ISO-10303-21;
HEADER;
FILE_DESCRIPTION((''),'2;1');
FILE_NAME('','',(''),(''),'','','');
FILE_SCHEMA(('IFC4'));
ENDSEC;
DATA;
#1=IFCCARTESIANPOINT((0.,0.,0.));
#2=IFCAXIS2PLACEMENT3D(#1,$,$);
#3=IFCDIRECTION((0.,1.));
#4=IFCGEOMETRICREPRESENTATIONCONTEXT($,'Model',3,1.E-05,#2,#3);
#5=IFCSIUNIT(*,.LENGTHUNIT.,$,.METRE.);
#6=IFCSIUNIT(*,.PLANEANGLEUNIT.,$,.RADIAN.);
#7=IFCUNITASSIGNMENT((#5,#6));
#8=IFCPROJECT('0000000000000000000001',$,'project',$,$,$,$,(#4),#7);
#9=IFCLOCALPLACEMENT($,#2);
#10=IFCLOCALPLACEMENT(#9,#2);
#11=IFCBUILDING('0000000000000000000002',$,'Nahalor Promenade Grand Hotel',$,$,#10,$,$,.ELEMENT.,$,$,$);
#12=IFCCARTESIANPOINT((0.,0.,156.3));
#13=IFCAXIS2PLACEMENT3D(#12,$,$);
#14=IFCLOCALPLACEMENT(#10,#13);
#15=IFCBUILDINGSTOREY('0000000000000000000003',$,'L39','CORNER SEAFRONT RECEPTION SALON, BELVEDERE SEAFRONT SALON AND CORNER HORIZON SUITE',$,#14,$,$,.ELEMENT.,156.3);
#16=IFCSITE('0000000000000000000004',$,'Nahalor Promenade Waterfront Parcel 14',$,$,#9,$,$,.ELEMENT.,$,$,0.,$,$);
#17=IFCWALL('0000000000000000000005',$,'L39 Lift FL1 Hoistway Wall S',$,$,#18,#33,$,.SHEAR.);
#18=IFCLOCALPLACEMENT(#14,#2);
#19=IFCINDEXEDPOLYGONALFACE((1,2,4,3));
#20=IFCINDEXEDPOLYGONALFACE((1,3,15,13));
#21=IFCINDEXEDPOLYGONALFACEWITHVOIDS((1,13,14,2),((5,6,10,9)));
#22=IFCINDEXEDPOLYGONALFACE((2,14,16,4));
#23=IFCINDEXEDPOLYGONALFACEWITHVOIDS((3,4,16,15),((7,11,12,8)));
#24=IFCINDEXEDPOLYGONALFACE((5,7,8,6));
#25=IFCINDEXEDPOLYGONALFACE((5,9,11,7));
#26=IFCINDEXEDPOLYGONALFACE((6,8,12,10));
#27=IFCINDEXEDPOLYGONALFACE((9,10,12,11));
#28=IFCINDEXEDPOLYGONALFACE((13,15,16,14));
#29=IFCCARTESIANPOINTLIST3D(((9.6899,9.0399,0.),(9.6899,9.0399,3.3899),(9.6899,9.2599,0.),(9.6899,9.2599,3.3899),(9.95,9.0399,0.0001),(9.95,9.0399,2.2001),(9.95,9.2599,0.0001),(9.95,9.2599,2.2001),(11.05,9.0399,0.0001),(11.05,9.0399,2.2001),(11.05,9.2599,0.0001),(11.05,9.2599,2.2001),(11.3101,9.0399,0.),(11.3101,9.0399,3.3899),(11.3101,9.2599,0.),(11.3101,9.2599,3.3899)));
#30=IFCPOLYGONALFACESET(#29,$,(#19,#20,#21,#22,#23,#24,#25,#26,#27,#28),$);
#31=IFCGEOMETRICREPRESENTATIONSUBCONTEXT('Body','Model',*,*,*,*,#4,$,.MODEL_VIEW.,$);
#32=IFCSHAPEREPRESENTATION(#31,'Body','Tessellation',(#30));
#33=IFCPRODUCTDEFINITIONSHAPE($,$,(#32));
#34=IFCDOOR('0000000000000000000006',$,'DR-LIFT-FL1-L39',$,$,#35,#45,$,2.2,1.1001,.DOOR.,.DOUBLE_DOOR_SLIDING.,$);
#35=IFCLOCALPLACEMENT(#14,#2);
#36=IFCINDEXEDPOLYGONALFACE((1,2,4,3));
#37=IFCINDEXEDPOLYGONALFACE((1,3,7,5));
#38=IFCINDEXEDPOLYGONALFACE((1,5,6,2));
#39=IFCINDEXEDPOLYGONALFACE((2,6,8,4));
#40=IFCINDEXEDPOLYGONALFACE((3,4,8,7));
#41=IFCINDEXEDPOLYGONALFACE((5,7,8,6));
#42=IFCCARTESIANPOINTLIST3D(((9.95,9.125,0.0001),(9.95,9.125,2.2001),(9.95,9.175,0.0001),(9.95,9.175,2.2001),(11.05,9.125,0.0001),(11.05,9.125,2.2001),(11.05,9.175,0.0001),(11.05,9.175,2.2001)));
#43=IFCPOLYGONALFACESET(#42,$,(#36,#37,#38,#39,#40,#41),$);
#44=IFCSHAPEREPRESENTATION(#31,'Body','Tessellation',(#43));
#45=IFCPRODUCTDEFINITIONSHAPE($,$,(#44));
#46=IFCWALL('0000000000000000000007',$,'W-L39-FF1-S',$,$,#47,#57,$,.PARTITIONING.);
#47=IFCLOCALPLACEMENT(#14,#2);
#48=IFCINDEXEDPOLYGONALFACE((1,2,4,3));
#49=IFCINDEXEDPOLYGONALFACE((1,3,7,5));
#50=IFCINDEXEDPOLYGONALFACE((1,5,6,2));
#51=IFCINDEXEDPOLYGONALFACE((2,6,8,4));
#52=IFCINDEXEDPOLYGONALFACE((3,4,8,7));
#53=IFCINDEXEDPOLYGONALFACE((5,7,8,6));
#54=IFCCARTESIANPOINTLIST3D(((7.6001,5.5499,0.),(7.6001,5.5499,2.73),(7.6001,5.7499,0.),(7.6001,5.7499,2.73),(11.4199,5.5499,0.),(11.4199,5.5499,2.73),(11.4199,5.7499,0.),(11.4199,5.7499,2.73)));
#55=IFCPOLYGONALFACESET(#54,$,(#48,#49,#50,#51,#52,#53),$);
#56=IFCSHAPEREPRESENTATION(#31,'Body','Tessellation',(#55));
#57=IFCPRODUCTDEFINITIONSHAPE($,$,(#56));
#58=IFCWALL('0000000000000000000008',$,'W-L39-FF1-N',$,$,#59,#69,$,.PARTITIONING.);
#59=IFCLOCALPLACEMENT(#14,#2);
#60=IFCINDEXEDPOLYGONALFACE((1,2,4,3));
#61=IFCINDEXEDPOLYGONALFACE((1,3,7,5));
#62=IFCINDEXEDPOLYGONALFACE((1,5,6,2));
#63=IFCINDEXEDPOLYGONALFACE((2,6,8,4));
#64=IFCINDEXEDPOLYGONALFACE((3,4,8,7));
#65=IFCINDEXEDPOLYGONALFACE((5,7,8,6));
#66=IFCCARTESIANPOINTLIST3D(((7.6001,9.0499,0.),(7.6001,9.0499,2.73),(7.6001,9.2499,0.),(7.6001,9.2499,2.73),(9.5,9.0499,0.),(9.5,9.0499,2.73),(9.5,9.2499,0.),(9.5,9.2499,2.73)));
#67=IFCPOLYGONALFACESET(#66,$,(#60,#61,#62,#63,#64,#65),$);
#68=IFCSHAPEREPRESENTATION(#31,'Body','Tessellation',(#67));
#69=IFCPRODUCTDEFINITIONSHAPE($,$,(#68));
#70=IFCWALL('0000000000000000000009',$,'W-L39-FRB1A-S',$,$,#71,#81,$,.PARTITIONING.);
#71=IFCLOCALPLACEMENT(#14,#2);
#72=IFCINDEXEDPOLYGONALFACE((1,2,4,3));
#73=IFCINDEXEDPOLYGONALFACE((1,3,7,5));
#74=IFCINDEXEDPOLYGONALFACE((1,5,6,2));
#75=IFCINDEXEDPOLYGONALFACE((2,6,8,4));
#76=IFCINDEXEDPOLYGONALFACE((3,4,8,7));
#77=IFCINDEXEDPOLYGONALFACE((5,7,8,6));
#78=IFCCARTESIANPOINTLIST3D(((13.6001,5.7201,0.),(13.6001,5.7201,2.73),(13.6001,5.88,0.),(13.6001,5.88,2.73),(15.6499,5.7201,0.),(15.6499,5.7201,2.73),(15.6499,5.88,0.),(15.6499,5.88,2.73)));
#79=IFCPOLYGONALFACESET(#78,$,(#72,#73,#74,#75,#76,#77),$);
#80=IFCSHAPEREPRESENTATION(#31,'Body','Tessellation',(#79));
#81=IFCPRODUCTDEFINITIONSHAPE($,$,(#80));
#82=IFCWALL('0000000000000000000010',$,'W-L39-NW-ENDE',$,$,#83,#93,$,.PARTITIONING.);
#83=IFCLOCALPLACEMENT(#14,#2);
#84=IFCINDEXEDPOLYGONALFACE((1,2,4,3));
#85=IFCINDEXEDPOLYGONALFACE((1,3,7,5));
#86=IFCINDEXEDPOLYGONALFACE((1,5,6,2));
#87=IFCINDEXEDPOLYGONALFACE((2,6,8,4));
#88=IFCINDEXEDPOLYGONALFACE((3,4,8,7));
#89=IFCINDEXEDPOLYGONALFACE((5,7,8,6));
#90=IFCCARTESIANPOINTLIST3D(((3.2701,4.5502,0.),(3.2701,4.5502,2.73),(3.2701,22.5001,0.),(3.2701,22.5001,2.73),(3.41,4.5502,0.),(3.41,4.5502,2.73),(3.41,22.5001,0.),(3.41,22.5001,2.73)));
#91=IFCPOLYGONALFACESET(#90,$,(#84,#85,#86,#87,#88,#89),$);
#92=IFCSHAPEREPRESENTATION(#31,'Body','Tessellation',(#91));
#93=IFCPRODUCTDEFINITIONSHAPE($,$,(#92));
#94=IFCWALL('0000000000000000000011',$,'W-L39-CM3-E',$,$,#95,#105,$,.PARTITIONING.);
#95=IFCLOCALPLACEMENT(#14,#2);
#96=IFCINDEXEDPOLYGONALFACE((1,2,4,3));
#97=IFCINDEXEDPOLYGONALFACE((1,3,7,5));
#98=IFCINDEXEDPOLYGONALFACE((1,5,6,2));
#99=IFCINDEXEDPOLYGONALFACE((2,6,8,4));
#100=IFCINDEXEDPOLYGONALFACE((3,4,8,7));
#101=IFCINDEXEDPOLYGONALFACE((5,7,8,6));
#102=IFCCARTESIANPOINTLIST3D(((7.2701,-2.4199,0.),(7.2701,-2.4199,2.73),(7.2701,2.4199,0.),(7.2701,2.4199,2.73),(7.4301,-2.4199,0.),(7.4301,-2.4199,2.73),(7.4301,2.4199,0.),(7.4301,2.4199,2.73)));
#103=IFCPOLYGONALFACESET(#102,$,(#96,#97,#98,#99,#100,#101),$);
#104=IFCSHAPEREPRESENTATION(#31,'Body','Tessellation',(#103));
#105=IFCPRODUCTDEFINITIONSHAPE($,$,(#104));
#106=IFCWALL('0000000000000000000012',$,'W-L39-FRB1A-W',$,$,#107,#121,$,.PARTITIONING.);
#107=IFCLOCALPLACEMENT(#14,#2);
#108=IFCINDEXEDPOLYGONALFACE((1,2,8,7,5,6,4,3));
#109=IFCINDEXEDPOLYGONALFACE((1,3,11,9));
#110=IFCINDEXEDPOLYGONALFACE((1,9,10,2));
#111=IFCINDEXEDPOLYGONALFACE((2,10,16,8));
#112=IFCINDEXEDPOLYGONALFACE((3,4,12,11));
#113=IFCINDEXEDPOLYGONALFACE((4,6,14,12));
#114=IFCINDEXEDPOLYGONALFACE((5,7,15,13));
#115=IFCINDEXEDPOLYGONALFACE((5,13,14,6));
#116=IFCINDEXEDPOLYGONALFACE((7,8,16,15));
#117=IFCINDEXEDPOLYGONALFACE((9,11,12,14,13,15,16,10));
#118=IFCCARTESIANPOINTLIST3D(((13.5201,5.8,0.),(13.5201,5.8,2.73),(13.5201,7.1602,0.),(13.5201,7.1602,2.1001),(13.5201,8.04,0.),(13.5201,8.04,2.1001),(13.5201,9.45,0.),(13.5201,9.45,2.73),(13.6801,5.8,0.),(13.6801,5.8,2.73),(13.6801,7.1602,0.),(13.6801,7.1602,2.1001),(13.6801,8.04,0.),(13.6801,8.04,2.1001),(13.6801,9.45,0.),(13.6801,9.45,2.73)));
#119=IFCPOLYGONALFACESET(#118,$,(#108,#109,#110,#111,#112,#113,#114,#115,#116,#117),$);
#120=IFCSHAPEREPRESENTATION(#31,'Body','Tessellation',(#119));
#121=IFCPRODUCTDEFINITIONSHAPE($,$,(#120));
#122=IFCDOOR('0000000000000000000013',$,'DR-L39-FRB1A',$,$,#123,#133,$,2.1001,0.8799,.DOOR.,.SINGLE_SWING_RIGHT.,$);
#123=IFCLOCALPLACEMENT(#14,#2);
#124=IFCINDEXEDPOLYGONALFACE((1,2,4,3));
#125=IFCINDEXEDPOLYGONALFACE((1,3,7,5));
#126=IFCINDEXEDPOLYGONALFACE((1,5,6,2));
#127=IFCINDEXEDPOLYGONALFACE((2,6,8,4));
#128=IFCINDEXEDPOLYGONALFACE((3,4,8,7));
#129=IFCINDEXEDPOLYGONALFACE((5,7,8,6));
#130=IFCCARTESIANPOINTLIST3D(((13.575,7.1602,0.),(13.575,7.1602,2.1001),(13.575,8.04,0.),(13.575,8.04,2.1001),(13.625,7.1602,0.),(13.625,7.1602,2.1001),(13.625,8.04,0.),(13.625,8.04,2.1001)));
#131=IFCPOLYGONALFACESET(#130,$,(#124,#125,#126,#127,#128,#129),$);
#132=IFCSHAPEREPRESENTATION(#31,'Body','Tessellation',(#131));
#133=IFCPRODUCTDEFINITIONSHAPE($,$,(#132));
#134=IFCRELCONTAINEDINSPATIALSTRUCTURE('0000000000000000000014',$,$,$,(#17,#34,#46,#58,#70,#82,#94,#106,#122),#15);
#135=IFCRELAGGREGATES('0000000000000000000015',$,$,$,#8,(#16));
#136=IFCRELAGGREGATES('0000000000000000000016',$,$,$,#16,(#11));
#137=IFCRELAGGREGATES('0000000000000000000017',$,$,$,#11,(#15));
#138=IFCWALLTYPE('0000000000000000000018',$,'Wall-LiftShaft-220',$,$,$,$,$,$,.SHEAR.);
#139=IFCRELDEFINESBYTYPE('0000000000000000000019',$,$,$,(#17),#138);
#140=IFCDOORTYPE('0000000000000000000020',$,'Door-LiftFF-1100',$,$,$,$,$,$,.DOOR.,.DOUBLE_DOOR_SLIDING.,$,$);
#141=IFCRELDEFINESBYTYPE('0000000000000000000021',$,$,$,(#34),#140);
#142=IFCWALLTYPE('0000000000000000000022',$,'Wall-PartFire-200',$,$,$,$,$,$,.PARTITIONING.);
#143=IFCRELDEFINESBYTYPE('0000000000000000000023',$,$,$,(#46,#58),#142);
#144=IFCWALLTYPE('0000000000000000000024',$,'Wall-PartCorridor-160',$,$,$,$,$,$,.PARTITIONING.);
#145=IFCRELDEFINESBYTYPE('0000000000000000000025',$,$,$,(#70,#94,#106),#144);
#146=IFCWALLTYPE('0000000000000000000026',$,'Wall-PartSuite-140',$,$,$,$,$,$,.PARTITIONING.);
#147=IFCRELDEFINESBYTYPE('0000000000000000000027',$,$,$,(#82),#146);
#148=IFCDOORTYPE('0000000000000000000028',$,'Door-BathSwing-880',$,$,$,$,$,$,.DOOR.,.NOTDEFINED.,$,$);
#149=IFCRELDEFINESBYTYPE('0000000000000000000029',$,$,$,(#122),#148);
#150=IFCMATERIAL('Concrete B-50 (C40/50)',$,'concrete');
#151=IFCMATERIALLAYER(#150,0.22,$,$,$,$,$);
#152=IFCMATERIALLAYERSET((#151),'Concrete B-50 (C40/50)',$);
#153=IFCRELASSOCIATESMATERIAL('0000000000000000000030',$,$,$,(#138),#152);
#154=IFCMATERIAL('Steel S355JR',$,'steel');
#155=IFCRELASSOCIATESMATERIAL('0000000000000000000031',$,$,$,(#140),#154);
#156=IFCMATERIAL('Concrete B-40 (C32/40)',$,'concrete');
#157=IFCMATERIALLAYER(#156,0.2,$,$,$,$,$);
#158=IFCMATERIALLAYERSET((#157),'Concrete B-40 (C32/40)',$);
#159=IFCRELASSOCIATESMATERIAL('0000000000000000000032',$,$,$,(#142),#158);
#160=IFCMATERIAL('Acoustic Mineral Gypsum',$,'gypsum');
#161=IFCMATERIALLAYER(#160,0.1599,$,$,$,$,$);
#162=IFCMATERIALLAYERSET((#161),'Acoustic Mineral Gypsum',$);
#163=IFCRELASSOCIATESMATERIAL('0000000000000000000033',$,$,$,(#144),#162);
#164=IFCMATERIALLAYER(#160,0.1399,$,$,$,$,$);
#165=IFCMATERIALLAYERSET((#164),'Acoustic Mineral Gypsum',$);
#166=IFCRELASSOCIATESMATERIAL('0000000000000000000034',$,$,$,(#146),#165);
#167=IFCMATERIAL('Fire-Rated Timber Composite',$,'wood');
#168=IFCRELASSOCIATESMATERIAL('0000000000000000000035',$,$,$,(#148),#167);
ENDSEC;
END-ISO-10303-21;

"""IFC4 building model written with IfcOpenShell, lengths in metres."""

from ifc_helpers import new_model, si_unit, direction, frame, frame_2d, origin, place, context, subcontext, project, spatial, rectangle, extrude, source, transform, mapped, material, layer, layer_set, type_object, element, fill, save


model = new_model("IFC4")

# Units and contexts
model_context = context("Model", 3, precision=1e-05, world=origin(), true_north=direction((0.0, 1.0)))
body_context = subcontext(model_context, "Body", "Model", "MODEL_VIEW")
ifc_project = project(units=[si_unit("LENGTHUNIT", "METRE"), si_unit("PLANEANGLEUNIT", "RADIAN")], contexts=[model_context])

# Site, building, storey
site_placement = place(None, origin())
site = spatial("IfcSite", under=ifc_project, at=site_placement, Name="Nahalor Promenade Waterfront Parcel 14", CompositionType="ELEMENT", RefElevation=0.0)
building_placement = place(site_placement, origin())
building = spatial("IfcBuilding", under=site, at=building_placement, Name="Nahalor Promenade Grand Hotel", CompositionType="ELEMENT")
storey_placement = place(building_placement, frame((0.0, 0.0, 156.3)))
storey = spatial("IfcBuildingStorey", under=building, at=storey_placement, Name="L39", Description="CORNER SEAFRONT RECEPTION SALON, BELVEDERE SEAFRONT SALON AND CORNER HORIZON SUITE", CompositionType="ELEMENT", Elevation=156.3)

# Shared definitions
ifc_material_1 = material(Name="Steel S355JR", Category="steel")

# Shared definitions
ifc_material_2 = material(Name="Concrete B-50 (C40/50)", Category="concrete")

# Shared definitions
ifc_layer_1 = layer(ifc_material_2, 0.22)
ifc_layer_set_1 = layer_set([ifc_layer_1], Name="Concrete B-50 (C40/50)")
wall_type_1 = type_object("IfcWallType", Name="Wall-LiftShaft-220", PredefinedType="SHEAR", material=ifc_layer_set_1)

# Wall, opening, door
shared_shape_1 = source(origin(), body_context, "Body", "SweptSolid", [
    extrude(rectangle(XDim=1.6201, YDim=0.22, at=frame_2d((0.8101, 0.0))), origin(), (0.0, 0.0, 1.0), 3.3899),
])
wall_1_placement = place(storey_placement, frame((9.6899, 9.1499, 0.0), z_axis=(0.0, 0.0, 1.0), x_axis=(1.0, 0.0, 0.0)))
wall_1 = element("IfcWall", 1, at=wall_1_placement, inside=storey, type_object=wall_type_1, Name="L39 Lift FL1 Hoistway Wall S", PredefinedType="SHEAR", context=body_context, shape_type="MappedRepresentation", body=[
    mapped(shared_shape_1, transform((0.0, 0.0, 0.0), scale=1.0)),
])
opening_1_placement = place(wall_1_placement, frame((0.26, 0.0, 0.0)))
opening_1 = element("IfcOpeningElement", 2, at=opening_1_placement, cuts=wall_1, PredefinedType="OPENING", context=body_context, shape_type="SweptSolid", body=[
    extrude(rectangle(XDim=1.1001, YDim=2.2, at=frame_2d((0.55, 1.1001))), frame((0.0, 0.1199, 0.0), z_axis=(0.0, -1.0, 0.0), x_axis=(1.0, 0.0, 0.0)), (0.0, 0.0, 1.0), 0.24),
])
door_type_1 = type_object("IfcDoorType", Name="Door-LiftFF-1100", OperationType="DOUBLE_DOOR_SLIDING", PredefinedType="DOOR", material=ifc_material_1)
shared_shape_2 = source(origin(), body_context, "Body", "SweptSolid", [
    extrude(rectangle(XDim=1.1001, YDim=2.2, at=frame_2d((0.55, 1.1001))), frame((0.0, 0.0249, 0.0), z_axis=(0.0, -1.0, 0.0), x_axis=(1.0, 0.0, 0.0)), (0.0, 0.0, 1.0), 0.05),
])
door_1_placement = place(opening_1_placement, frame((1.1001, 0.0, 0.0), z_axis=(0.0, 0.0, 1.0), x_axis=(-1.0, 0.0, 0.0)))
door_1 = element("IfcDoor", 3, at=door_1_placement, inside=storey, type_object=door_type_1, Name="DR-LIFT-FL1-L39", OperationType="DOUBLE_DOOR_SLIDING", OverallHeight=2.2, OverallWidth=1.1001, PredefinedType="DOOR", context=body_context, shape_type="MappedRepresentation", body=[
    mapped(shared_shape_2, transform((0.0, 0.0, 0.0), scale=1.0)),
])
fill(opening_1, door_1)

# Walls
ifc_material_3 = material(Name="Concrete B-40 (C32/40)", Category="concrete")
ifc_layer_2 = layer(ifc_material_3, 0.2)
ifc_layer_set_2 = layer_set([ifc_layer_2], Name="Concrete B-40 (C32/40)")
wall_type_2 = type_object("IfcWallType", Name="Wall-PartFire-200", PredefinedType="PARTITIONING", material=ifc_layer_set_2)
shared_shape_3 = source(origin(), body_context, "Body", "SweptSolid", [
    extrude(rectangle(XDim=3.8198, YDim=0.2, at=frame_2d((1.9099, 0.0))), origin(), (0.0, 0.0, 1.0), 2.73),
])
wall_2_placement = place(storey_placement, frame((7.6001, 5.6499, 0.0), z_axis=(0.0, 0.0, 1.0), x_axis=(1.0, 0.0, 0.0)))
element("IfcWall", 4, at=wall_2_placement, inside=storey, type_object=wall_type_2, Name="W-L39-FF1-S", PredefinedType="PARTITIONING", context=body_context, shape_type="MappedRepresentation", body=[
    mapped(shared_shape_3, transform((0.0, 0.0, 0.0), scale=1.0)),
])
shared_shape_4 = source(origin(), body_context, "Body", "SweptSolid", [
    extrude(rectangle(XDim=1.8999, YDim=0.2, at=frame_2d((0.95, 0.0))), origin(), (0.0, 0.0, 1.0), 2.73),
])
wall_3_placement = place(storey_placement, frame((7.6001, 9.1499, 0.0), z_axis=(0.0, 0.0, 1.0), x_axis=(1.0, 0.0, 0.0)))
element("IfcWall", 5, at=wall_3_placement, inside=storey, type_object=wall_type_2, Name="W-L39-FF1-N", PredefinedType="PARTITIONING", context=body_context, shape_type="MappedRepresentation", body=[
    mapped(shared_shape_4, transform((0.0, 0.0, 0.0), scale=1.0)),
])

# Walls
ifc_material_4 = material(Name="Acoustic Mineral Gypsum", Category="gypsum")
ifc_layer_3 = layer(ifc_material_4, 0.1599)
ifc_layer_set_3 = layer_set([ifc_layer_3], Name="Acoustic Mineral Gypsum")
wall_type_3 = type_object("IfcWallType", Name="Wall-PartCorridor-160", PredefinedType="PARTITIONING", material=ifc_layer_set_3)
shared_shape_5 = source(origin(), body_context, "Body", "SweptSolid", [
    extrude(rectangle(XDim=2.0498, YDim=0.1599, at=frame_2d((1.0249, 0.0))), origin(), (0.0, 0.0, 1.0), 2.73),
])
wall_4_placement = place(storey_placement, frame((13.6001, 5.8, 0.0), z_axis=(0.0, 0.0, 1.0), x_axis=(1.0, 0.0, 0.0)))
element("IfcWall", 6, at=wall_4_placement, inside=storey, type_object=wall_type_3, Name="W-L39-FRB1A-S", PredefinedType="PARTITIONING", context=body_context, shape_type="MappedRepresentation", body=[
    mapped(shared_shape_5, transform((0.0, 0.0, 0.0), scale=1.0)),
])
ifc_layer_4 = layer(ifc_material_4, 0.1399)
ifc_layer_set_4 = layer_set([ifc_layer_4], Name="Acoustic Mineral Gypsum")
wall_type_4 = type_object("IfcWallType", Name="Wall-PartSuite-140", PredefinedType="PARTITIONING", material=ifc_layer_set_4)
shared_shape_6 = source(origin(), body_context, "Body", "SweptSolid", [
    extrude(rectangle(XDim=17.95, YDim=0.1399, at=frame_2d((8.9751, 0.0))), origin(), (0.0, 0.0, 1.0), 2.73),
])
wall_5_placement = place(storey_placement, frame((3.3401, 4.55, 0.0), z_axis=(0.0, 0.0, 1.0), x_axis=(0.0, 1.0, 0.0)))
element("IfcWall", 7, at=wall_5_placement, inside=storey, type_object=wall_type_4, Name="W-L39-NW-ENDE", PredefinedType="PARTITIONING", context=body_context, shape_type="MappedRepresentation", body=[
    mapped(shared_shape_6, transform((0.0, 0.0, 0.0), scale=1.0)),
])
shared_shape_7 = source(origin(), body_context, "Body", "SweptSolid", [
    extrude(rectangle(XDim=4.8398, YDim=0.1599, at=frame_2d((2.4199, 0.0))), origin(), (0.0, 0.0, 1.0), 2.73),
])
wall_6_placement = place(storey_placement, frame((7.3501, -2.4199, 0.0), z_axis=(0.0, 0.0, 1.0), x_axis=(0.0, 1.0, 0.0)))
element("IfcWall", 8, at=wall_6_placement, inside=storey, type_object=wall_type_3, Name="W-L39-CM3-E", PredefinedType="PARTITIONING", context=body_context, shape_type="MappedRepresentation", body=[
    mapped(shared_shape_7, transform((0.0, 0.0, 0.0), scale=1.0)),
])

# Wall, opening, door
shared_shape_8 = source(origin(), body_context, "Body", "SweptSolid", [
    extrude(rectangle(XDim=3.6499, YDim=0.1599, at=frame_2d((1.825, 0.0))), origin(), (0.0, 0.0, 1.0), 2.73),
])
wall_7_placement = place(storey_placement, frame((13.6001, 5.8, 0.0), z_axis=(0.0, 0.0, 1.0), x_axis=(0.0, 1.0, 0.0)))
wall_7 = element("IfcWall", 9, at=wall_7_placement, inside=storey, type_object=wall_type_3, Name="W-L39-FRB1A-W", PredefinedType="PARTITIONING", context=body_context, shape_type="MappedRepresentation", body=[
    mapped(shared_shape_8, transform((0.0, 0.0, 0.0), scale=1.0)),
])
opening_2_placement = place(wall_7_placement, frame((1.3601, 0.0, 0.0)))
opening_2 = element("IfcOpeningElement", 10, at=opening_2_placement, cuts=wall_7, PredefinedType="OPENING", context=body_context, shape_type="SweptSolid", body=[
    extrude(rectangle(XDim=0.8799, YDim=2.1001, at=frame_2d((0.4399, 1.05))), frame((0.0, 0.0898, 0.0), z_axis=(0.0, -1.0, 0.0), x_axis=(1.0, 0.0, 0.0)), (0.0, 0.0, 1.0), 0.1799),
])
ifc_material_5 = material(Name="Fire-Rated Timber Composite", Category="wood")
door_type_2 = type_object("IfcDoorType", Name="Door-BathSwing-880", OperationType="NOTDEFINED", PredefinedType="DOOR", material=ifc_material_5)
shared_shape_9 = source(origin(), body_context, "Body", "SweptSolid", [
    extrude(rectangle(XDim=0.8799, YDim=2.1001, at=frame_2d((0.4399, 1.05))), frame((0.0, 0.0249, 0.0), z_axis=(0.0, -1.0, 0.0), x_axis=(1.0, 0.0, 0.0)), (0.0, 0.0, 1.0), 0.05),
])
door_2_placement = place(opening_2_placement, frame((0.8799, 0.0, 0.0), z_axis=(0.0, 0.0, 1.0), x_axis=(-1.0, 0.0, 0.0)))
door_2 = element("IfcDoor", 11, at=door_2_placement, inside=storey, type_object=door_type_2, Name="DR-L39-FRB1A", OperationType="SINGLE_SWING_RIGHT", OverallHeight=2.1001, OverallWidth=0.8799, PredefinedType="DOOR", context=body_context, shape_type="MappedRepresentation", body=[
    mapped(shared_shape_9, transform((0.0, 0.0, 0.0), scale=1.0)),
])
fill(opening_2, door_2)

save(model, "model.ifc")
